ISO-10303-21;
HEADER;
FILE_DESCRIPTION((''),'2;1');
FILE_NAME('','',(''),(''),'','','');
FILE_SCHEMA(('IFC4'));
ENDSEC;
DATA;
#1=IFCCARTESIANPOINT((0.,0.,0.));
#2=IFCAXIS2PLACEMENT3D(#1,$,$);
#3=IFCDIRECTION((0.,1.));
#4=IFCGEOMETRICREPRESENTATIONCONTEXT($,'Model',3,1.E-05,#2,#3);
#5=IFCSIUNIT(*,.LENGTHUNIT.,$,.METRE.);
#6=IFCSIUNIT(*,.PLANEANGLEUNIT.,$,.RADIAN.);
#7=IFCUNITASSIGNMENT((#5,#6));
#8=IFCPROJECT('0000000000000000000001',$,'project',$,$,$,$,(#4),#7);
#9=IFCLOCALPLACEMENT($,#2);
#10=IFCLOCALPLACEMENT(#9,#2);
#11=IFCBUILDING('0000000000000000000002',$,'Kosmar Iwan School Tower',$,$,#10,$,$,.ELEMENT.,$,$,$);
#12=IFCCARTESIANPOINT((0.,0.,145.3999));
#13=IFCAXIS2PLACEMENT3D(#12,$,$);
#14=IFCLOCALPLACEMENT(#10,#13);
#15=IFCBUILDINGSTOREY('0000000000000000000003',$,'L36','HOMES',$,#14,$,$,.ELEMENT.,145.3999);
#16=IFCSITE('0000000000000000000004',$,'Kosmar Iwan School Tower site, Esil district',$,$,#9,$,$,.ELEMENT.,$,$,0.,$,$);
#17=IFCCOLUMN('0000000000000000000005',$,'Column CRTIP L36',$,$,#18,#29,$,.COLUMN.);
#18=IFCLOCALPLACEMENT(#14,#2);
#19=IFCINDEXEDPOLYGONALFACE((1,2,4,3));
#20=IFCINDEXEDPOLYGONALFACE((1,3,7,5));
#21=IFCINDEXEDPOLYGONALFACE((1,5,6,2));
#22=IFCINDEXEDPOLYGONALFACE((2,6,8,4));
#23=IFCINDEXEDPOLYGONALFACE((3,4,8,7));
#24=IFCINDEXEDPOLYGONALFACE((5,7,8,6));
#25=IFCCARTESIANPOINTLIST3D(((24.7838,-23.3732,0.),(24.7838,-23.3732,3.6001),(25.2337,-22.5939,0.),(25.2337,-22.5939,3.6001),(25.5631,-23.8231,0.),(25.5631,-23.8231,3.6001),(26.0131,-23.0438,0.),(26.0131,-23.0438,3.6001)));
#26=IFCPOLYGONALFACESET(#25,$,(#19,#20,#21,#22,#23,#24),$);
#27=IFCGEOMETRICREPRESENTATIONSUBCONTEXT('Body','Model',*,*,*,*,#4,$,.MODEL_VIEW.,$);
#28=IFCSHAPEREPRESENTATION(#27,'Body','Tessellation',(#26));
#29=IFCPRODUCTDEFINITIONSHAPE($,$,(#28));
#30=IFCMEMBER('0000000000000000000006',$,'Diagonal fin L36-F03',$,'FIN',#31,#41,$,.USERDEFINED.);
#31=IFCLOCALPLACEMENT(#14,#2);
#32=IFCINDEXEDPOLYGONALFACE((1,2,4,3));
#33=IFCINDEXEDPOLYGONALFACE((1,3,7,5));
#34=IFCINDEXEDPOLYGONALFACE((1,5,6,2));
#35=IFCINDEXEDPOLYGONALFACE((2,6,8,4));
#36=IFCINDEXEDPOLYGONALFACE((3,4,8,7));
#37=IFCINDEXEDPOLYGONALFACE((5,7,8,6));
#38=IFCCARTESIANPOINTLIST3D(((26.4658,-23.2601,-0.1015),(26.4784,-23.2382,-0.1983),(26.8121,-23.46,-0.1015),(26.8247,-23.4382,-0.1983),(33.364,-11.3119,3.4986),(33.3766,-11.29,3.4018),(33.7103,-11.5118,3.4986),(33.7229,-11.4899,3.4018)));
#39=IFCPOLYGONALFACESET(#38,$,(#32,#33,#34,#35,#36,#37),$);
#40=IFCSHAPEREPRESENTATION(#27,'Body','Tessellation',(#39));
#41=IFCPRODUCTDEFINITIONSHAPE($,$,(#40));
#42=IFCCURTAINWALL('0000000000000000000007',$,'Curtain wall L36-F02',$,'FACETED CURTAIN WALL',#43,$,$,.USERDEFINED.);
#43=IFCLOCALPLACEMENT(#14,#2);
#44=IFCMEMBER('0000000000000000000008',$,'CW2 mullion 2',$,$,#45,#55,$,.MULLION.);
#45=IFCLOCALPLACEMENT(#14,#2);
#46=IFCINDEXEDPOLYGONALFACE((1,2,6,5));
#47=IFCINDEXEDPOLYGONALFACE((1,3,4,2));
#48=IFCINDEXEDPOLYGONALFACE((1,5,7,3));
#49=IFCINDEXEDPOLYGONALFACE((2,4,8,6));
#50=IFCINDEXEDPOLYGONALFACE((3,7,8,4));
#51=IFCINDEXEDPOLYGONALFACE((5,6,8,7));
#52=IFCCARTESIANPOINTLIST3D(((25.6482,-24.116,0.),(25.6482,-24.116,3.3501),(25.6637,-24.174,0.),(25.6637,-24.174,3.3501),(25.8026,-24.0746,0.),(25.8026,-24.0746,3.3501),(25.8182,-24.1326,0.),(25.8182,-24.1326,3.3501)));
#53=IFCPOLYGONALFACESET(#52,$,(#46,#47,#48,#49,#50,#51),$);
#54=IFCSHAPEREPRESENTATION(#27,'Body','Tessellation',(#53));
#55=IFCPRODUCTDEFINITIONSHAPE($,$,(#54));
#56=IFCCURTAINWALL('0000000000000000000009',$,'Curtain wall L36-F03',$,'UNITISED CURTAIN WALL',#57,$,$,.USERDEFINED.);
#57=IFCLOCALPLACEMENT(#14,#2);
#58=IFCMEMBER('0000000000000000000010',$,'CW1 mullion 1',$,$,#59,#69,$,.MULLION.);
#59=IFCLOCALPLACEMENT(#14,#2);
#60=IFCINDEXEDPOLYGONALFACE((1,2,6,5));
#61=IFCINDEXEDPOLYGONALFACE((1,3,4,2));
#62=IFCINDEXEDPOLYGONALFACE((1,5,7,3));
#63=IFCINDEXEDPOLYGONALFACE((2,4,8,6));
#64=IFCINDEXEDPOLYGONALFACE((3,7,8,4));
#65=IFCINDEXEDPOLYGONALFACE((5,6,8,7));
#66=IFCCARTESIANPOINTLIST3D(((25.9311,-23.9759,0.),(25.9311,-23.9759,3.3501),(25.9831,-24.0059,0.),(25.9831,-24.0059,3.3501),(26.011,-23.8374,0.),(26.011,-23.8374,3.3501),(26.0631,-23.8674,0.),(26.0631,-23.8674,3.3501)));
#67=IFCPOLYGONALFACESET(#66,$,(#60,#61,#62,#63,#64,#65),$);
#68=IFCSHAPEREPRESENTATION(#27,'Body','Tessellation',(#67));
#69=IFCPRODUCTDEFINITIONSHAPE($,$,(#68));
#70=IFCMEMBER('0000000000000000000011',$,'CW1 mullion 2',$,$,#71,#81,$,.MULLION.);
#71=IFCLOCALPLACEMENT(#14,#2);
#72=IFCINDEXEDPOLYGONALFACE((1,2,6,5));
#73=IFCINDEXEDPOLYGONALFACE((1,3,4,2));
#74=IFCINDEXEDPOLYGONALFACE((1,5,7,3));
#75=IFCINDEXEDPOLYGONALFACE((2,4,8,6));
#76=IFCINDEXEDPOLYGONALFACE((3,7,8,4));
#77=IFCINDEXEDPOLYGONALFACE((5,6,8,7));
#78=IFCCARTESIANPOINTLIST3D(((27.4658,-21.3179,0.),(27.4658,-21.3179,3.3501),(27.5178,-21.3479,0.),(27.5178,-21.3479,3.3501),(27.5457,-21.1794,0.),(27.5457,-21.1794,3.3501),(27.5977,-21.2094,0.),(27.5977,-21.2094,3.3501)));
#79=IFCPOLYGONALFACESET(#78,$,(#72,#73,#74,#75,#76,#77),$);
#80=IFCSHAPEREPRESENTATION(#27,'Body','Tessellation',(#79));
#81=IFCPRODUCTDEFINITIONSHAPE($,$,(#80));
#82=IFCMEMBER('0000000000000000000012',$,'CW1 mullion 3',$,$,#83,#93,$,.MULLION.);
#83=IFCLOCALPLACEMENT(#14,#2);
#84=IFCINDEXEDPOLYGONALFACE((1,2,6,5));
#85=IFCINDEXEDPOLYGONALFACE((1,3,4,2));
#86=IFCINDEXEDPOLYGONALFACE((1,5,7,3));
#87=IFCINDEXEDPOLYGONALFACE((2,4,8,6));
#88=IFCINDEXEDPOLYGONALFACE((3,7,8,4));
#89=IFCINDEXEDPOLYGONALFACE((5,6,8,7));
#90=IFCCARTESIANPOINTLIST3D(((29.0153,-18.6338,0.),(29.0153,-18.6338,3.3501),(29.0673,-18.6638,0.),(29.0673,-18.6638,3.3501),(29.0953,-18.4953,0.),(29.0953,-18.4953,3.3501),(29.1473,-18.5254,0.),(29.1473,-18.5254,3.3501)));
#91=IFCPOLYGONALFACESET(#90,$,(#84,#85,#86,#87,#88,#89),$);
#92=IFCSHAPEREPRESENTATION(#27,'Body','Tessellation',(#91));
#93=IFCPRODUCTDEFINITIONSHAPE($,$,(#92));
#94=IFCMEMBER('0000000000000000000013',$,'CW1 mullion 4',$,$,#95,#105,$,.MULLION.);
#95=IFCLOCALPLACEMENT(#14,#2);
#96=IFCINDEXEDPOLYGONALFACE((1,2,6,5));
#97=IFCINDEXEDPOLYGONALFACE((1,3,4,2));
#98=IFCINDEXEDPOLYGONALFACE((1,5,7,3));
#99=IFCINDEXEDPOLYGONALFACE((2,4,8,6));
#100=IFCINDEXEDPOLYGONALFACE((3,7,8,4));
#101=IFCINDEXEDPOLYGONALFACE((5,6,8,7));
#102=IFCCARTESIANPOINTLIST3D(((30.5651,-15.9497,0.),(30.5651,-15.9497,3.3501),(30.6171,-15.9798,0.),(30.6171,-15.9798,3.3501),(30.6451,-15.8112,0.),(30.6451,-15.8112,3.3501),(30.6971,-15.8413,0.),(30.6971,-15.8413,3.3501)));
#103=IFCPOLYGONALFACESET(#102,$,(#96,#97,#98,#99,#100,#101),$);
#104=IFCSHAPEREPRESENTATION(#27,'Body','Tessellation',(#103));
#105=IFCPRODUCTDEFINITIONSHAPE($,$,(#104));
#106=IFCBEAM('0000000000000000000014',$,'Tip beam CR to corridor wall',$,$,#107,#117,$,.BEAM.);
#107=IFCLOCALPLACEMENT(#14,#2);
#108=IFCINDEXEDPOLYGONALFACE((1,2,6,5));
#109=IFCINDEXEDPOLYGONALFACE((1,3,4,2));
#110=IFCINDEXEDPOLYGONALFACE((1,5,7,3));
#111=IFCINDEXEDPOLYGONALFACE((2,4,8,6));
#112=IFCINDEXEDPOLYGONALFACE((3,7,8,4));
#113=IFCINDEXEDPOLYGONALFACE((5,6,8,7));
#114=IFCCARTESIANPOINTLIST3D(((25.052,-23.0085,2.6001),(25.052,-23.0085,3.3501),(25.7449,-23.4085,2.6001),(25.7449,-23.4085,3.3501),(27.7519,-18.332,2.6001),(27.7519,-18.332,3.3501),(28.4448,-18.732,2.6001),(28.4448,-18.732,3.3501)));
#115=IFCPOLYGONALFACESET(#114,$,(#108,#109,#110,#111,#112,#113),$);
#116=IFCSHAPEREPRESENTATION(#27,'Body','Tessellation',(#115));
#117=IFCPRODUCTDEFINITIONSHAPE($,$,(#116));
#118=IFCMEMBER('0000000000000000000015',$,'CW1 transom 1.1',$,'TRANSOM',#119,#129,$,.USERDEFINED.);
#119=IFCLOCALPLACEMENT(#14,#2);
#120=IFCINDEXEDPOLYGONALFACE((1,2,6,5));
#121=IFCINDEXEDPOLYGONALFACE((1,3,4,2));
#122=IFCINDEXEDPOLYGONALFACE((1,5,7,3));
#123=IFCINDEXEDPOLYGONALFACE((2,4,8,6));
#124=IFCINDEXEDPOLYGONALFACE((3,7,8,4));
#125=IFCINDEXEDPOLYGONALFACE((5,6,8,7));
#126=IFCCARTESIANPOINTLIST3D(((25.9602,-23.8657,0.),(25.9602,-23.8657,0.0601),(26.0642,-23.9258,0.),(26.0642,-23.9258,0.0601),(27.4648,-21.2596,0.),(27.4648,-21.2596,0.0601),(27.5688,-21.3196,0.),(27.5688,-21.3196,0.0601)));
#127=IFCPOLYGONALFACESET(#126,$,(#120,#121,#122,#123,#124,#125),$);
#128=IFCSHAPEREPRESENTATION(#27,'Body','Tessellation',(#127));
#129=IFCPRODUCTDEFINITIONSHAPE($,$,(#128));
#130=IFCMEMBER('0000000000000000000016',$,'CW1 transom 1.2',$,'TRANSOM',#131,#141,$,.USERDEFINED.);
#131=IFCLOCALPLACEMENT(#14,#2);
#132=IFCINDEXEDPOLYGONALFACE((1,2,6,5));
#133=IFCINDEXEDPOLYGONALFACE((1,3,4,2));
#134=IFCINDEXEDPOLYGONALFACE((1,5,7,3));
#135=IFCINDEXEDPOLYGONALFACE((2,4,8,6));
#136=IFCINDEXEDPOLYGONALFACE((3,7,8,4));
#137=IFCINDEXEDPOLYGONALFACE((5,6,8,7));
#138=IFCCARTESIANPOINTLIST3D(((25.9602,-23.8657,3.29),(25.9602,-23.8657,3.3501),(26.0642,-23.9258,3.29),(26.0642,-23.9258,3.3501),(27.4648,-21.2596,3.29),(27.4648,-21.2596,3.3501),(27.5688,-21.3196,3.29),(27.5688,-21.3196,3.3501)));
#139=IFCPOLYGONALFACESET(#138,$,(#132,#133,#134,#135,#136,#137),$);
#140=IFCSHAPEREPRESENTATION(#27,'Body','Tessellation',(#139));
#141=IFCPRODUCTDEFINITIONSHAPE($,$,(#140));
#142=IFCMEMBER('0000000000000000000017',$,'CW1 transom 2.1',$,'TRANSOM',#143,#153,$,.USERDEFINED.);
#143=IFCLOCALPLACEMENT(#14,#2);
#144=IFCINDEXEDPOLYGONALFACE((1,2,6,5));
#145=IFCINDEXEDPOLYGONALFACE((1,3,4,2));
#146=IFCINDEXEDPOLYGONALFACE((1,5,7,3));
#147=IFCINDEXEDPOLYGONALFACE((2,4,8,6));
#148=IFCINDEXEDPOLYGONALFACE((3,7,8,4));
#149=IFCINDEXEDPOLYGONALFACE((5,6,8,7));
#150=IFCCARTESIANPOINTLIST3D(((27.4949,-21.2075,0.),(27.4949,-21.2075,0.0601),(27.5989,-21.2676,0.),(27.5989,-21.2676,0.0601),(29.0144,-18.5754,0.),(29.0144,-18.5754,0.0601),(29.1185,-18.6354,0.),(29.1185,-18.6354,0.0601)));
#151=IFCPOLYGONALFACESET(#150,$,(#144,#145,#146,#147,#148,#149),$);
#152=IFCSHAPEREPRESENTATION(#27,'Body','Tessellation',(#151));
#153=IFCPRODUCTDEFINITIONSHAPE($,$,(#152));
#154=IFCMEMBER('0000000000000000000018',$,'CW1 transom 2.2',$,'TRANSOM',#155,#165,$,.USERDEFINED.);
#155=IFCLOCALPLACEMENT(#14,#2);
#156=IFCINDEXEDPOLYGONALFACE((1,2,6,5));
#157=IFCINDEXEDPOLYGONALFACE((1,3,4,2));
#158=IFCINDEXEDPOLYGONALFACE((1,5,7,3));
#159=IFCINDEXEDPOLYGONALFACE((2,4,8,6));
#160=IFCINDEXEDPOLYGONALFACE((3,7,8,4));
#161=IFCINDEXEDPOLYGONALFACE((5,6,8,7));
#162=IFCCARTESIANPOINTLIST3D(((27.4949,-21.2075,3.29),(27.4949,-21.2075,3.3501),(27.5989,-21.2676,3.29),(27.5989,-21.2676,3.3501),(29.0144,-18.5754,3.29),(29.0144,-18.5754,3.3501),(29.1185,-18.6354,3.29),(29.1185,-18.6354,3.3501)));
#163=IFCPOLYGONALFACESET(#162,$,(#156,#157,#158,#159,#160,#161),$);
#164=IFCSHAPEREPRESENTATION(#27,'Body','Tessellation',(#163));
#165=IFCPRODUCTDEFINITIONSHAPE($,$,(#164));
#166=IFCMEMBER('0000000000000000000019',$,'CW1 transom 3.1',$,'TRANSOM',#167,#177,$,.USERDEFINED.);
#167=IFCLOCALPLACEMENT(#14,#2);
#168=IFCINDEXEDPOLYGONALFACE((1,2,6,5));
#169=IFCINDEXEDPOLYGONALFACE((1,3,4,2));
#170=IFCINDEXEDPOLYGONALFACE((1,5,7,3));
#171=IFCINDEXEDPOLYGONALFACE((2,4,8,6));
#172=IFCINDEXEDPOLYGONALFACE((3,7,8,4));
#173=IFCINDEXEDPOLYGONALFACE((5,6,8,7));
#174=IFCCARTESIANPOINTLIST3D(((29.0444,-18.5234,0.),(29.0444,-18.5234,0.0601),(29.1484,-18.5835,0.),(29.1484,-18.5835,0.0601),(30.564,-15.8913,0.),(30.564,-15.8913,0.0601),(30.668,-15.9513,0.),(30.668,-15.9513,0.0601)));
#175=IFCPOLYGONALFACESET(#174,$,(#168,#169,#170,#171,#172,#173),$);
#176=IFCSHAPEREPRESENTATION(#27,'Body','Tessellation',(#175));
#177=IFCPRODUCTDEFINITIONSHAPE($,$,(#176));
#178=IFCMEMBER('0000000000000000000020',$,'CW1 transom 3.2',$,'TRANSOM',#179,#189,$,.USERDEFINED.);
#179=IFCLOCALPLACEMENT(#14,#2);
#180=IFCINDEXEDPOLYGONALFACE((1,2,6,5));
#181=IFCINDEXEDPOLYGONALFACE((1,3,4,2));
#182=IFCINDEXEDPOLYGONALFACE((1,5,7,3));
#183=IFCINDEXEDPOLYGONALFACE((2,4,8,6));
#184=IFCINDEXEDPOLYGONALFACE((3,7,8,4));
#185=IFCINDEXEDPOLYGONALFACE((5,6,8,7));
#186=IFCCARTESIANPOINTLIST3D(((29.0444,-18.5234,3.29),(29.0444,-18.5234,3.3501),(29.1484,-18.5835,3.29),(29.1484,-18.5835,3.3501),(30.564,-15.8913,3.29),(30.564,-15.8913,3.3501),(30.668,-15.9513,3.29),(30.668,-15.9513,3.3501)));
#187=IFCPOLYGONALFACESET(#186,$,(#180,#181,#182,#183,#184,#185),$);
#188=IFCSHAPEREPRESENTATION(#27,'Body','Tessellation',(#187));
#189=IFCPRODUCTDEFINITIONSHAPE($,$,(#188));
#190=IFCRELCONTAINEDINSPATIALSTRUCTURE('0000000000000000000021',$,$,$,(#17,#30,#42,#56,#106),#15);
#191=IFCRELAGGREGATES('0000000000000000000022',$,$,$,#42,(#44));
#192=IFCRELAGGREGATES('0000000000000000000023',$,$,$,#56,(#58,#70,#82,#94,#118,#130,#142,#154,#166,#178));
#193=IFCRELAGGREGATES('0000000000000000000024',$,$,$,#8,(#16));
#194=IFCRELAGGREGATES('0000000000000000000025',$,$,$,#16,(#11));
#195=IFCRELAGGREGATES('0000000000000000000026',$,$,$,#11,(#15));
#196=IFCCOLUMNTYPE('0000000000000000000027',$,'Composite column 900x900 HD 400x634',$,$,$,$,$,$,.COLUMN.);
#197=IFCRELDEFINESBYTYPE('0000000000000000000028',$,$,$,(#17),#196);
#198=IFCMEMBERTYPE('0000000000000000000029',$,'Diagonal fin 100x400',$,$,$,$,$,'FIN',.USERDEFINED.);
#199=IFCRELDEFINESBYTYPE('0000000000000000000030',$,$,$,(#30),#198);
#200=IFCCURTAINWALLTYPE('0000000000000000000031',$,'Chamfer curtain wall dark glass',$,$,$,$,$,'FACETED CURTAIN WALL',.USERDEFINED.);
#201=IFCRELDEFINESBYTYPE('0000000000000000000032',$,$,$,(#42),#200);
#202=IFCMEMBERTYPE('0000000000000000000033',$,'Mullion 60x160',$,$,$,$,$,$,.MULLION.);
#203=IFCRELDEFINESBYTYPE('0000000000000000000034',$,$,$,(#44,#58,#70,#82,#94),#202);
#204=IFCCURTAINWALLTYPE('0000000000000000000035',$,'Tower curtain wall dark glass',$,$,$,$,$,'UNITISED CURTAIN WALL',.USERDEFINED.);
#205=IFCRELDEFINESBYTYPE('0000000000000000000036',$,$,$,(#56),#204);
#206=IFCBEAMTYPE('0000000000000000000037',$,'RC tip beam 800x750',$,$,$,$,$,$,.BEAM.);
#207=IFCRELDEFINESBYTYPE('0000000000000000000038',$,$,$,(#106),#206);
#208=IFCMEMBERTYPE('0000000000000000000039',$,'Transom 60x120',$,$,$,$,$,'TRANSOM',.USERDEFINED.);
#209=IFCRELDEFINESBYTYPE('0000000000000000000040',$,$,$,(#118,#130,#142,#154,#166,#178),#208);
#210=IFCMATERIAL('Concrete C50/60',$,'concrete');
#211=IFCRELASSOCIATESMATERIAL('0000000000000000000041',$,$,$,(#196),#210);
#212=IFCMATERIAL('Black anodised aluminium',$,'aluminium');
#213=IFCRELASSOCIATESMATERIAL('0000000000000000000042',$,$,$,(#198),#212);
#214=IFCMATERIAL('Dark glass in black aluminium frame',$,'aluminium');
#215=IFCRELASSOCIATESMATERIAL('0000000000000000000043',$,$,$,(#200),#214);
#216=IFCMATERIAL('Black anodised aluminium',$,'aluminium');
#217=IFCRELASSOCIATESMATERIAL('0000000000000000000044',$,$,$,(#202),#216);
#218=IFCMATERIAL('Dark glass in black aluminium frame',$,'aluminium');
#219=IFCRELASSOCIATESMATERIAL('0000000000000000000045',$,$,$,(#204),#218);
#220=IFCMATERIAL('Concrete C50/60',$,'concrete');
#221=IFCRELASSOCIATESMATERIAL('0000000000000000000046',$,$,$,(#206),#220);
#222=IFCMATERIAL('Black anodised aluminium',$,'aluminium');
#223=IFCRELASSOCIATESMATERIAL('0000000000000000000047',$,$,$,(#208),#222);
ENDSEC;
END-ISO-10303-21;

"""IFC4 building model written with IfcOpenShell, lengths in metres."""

from ifc_helpers import new_model, si_unit, direction, frame, origin, origin_2d, place, context, subcontext, project, spatial, rectangle, extrude, material, material_profile, profile_set, type_object, element, aggregate, save


model = new_model("IFC4")

# Units and contexts
model_context = context("Model", 3, precision=1e-05, world=origin(), true_north=direction((0.0, 1.0)))
body_context = subcontext(model_context, "Body", "Model", "MODEL_VIEW")
ifc_project = project(units=[si_unit("LENGTHUNIT", "METRE"), si_unit("PLANEANGLEUNIT", "RADIAN")], contexts=[model_context])

# Site, building, storey
site_placement = place(None, origin())
site = spatial("IfcSite", under=ifc_project, at=site_placement, Name="Kosmar Iwan School Tower site, Esil district", CompositionType="ELEMENT", RefElevation=0.0)
building_placement = place(site_placement, origin())
building = spatial("IfcBuilding", under=site, at=building_placement, Name="Kosmar Iwan School Tower", CompositionType="ELEMENT")
storey_placement = place(building_placement, frame((0.0, 0.0, 145.3999)))
storey = spatial("IfcBuildingStorey", under=building, at=storey_placement, Name="L36", Description="HOMES", CompositionType="ELEMENT", Elevation=145.3999)

# Column
ifc_material_1 = material(Name="Concrete C50/60", Category="concrete")
ifc_material_profile_1 = material_profile(ifc_material_1, rectangle(XDim=0.8999, YDim=0.8999, at=origin_2d()), Name="RC 900x900 + HD 400x634")
ifc_profile_set_1 = profile_set([ifc_material_profile_1], Name="Concrete C50/60")
column_type = type_object("IfcColumnType", Name="Composite column 900x900 HD 400x634", PredefinedType="COLUMN", material=ifc_profile_set_1)
column_placement = place(storey_placement, frame((25.3984, -23.2085, 0.0), z_axis=(0.0, 0.0, 1.0), x_axis=(0.866025, -0.5, 0.0)))
element("IfcColumn", 1, at=column_placement, inside=storey, type_object=column_type, Name="Column CRTIP L36", PredefinedType="COLUMN", context=body_context, shape_type="SweptSolid", body=[
    extrude(rectangle(XDim=0.8999, YDim=0.8999, at=origin_2d()), origin(), (0.0, 0.0, 1.0), 3.6001),
])

# Member
ifc_material_2 = material(Name="Black anodised aluminium", Category="aluminium")
ifc_material_profile_2 = material_profile(ifc_material_2, rectangle(XDim=0.1001, YDim=0.3999, at=origin_2d()), Name="FIN 100x400")
ifc_profile_set_2 = profile_set([ifc_material_profile_2], Name="Black anodised aluminium")
member_type_1 = type_object("IfcMemberType", Name="Diagonal fin 100x400", ElementType="FIN", PredefinedType="USERDEFINED", material=ifc_profile_set_2)
member_1_placement = place(storey_placement, frame((26.6453, -23.3491, -0.1499), z_axis=(0.483793, 0.83797, 0.252487), x_axis=(-0.126242, -0.218661, 0.9676)))
element("IfcMember", 2, at=member_1_placement, inside=storey, type_object=member_type_1, Name="Diagonal fin L36-F03", ObjectType="FIN", PredefinedType="USERDEFINED", context=body_context, shape_type="SweptSolid", body=[
    extrude(rectangle(XDim=0.1001, YDim=0.3999, at=origin_2d()), origin(), (0.0, 0.0, 1.0), 14.2585),
])

# Curtain wall, member
ifc_material_3 = material(Name="Dark glass in black aluminium frame", Category="aluminium")
curtain_wall_type_1 = type_object("IfcCurtainWallType", Name="Chamfer curtain wall dark glass", ElementType="FACETED CURTAIN WALL", PredefinedType="USERDEFINED", material=ifc_material_3)
curtain_wall_1_placement = place(storey_placement, origin())
curtain_wall_1 = element("IfcCurtainWall", 3, at=curtain_wall_1_placement, inside=storey, type_object=curtain_wall_type_1, Name="Curtain wall L36-F02", ObjectType="FACETED CURTAIN WALL", PredefinedType="USERDEFINED")
ifc_material_4 = material(Name="Black anodised aluminium", Category="aluminium")
ifc_material_profile_3 = material_profile(ifc_material_4, rectangle(XDim=0.0601, YDim=0.1599, at=origin_2d()), Name="MULLION 60x160")
ifc_profile_set_3 = profile_set([ifc_material_profile_3], Name="Black anodised aluminium")
member_type_2 = type_object("IfcMemberType", Name="Mullion 60x160", PredefinedType="MULLION", material=ifc_profile_set_3)
member_2_placement = place(storey_placement, frame((25.7332, -24.1243, 0.0), z_axis=(0.0, 0.0, 1.0), x_axis=(-0.258819, 0.965926, 0.0)))
member_2 = element("IfcMember", 4, at=member_2_placement, type_object=member_type_2, Name="CW2 mullion 2", PredefinedType="MULLION", context=body_context, shape_type="SweptSolid", body=[
    extrude(rectangle(XDim=0.0601, YDim=0.1599, at=origin_2d()), origin(), (0.0, 0.0, 1.0), 3.3501),
])

# Curtain wall, members
ifc_material_5 = material(Name="Dark glass in black aluminium frame", Category="aluminium")
curtain_wall_type_2 = type_object("IfcCurtainWallType", Name="Tower curtain wall dark glass", ElementType="UNITISED CURTAIN WALL", PredefinedType="USERDEFINED", material=ifc_material_5)
curtain_wall_2_placement = place(storey_placement, origin())
curtain_wall_2 = element("IfcCurtainWall", 5, at=curtain_wall_2_placement, inside=storey, type_object=curtain_wall_type_2, Name="Curtain wall L36-F03", ObjectType="UNITISED CURTAIN WALL", PredefinedType="USERDEFINED")
member_3_placement = place(storey_placement, frame((25.9971, -23.9216, 0.0), z_axis=(0.0, 0.0, 1.0), x_axis=(-0.866025, 0.5, 0.0)))
member_3 = element("IfcMember", 6, at=member_3_placement, type_object=member_type_2, Name="CW1 mullion 1", PredefinedType="MULLION", context=body_context, shape_type="SweptSolid", body=[
    extrude(rectangle(XDim=0.0601, YDim=0.1599, at=origin_2d()), origin(), (0.0, 0.0, 1.0), 3.3501),
])
member_4_placement = place(storey_placement, frame((27.5317, -21.2637, 0.0), z_axis=(0.0, 0.0, 1.0), x_axis=(-0.866025, 0.5, 0.0)))
member_4 = element("IfcMember", 7, at=member_4_placement, type_object=member_type_2, Name="CW1 mullion 2", PredefinedType="MULLION", context=body_context, shape_type="SweptSolid", body=[
    extrude(rectangle(XDim=0.0601, YDim=0.1599, at=origin_2d()), origin(), (0.0, 0.0, 1.0), 3.3501),
])
member_5_placement = place(storey_placement, frame((29.0813, -18.5796, 0.0), z_axis=(0.0, 0.0, 1.0), x_axis=(-0.866025, 0.5, 0.0)))
member_5 = element("IfcMember", 8, at=member_5_placement, type_object=member_type_2, Name="CW1 mullion 3", PredefinedType="MULLION", context=body_context, shape_type="SweptSolid", body=[
    extrude(rectangle(XDim=0.0601, YDim=0.1599, at=origin_2d()), origin(), (0.0, 0.0, 1.0), 3.3501),
])
member_6_placement = place(storey_placement, frame((30.6311, -15.8955, 0.0), z_axis=(0.0, 0.0, 1.0), x_axis=(-0.866025, 0.5, 0.0)))
member_6 = element("IfcMember", 9, at=member_6_placement, type_object=member_type_2, Name="CW1 mullion 4", PredefinedType="MULLION", context=body_context, shape_type="SweptSolid", body=[
    extrude(rectangle(XDim=0.0601, YDim=0.1599, at=origin_2d()), origin(), (0.0, 0.0, 1.0), 3.3501),
])

# Beam
ifc_material_6 = material(Name="Concrete C50/60", Category="concrete")
ifc_material_profile_4 = material_profile(ifc_material_6, rectangle(XDim=0.8, YDim=0.75, at=origin_2d()), Name="RC 800x750")
ifc_profile_set_4 = profile_set([ifc_material_profile_4], Name="Concrete C50/60")
beam_type = type_object("IfcBeamType", Name="RC tip beam 800x750", PredefinedType="BEAM", material=ifc_profile_set_4)
beam_placement = place(storey_placement, frame((25.3984, -23.2085, 2.9751), z_axis=(0.499995, 0.866028, 0.0), x_axis=(-0.866028, 0.499995, 0.0)))
element("IfcBeam", 10, at=beam_placement, inside=storey, type_object=beam_type, Name="Tip beam CR to corridor wall", PredefinedType="BEAM", context=body_context, shape_type="SweptSolid", body=[
    extrude(rectangle(XDim=0.8, YDim=0.75, at=origin_2d()), origin(), (0.0, 0.0, 1.0), 5.3999),
])

# Members
ifc_material_7 = material(Name="Black anodised aluminium", Category="aluminium")
ifc_material_profile_5 = material_profile(ifc_material_7, rectangle(XDim=0.1201, YDim=0.0601, at=origin_2d()), Name="TRANSOM 60x120")
ifc_profile_set_5 = profile_set([ifc_material_profile_5], Name="Black anodised aluminium")
member_type_3 = type_object("IfcMemberType", Name="Transom 60x120", ElementType="TRANSOM", PredefinedType="USERDEFINED", material=ifc_profile_set_5)
member_7_placement = place(storey_placement, frame((26.0122, -23.8958, 0.03), z_axis=(0.499987, 0.866033, 0.0), x_axis=(-0.866033, 0.499987, 0.0)))
member_7 = element("IfcMember", 11, at=member_7_placement, type_object=member_type_3, Name="CW1 transom 1.1", ObjectType="TRANSOM", PredefinedType="USERDEFINED", context=body_context, shape_type="SweptSolid", body=[
    extrude(rectangle(XDim=0.1201, YDim=0.0601, at=origin_2d()), origin(), (0.0, 0.0, 1.0), 3.0093),
])
member_8_placement = place(storey_placement, frame((26.0122, -23.8958, 3.3201), z_axis=(0.499987, 0.866033, 0.0), x_axis=(-0.866033, 0.499987, 0.0)))
member_8 = element("IfcMember", 12, at=member_8_placement, type_object=member_type_3, Name="CW1 transom 1.2", ObjectType="TRANSOM", PredefinedType="USERDEFINED", context=body_context, shape_type="SweptSolid", body=[
    extrude(rectangle(XDim=0.1201, YDim=0.0601, at=origin_2d()), origin(), (0.0, 0.0, 1.0), 3.0093),
])
member_9_placement = place(storey_placement, frame((27.5469, -21.2375, 0.03), z_axis=(0.499975, 0.86604, 0.0), x_axis=(-0.86604, 0.499975, 0.0)))
member_9 = element("IfcMember", 13, at=member_9_placement, type_object=member_type_3, Name="CW1 transom 2.1", ObjectType="TRANSOM", PredefinedType="USERDEFINED", context=body_context, shape_type="SweptSolid", body=[
    extrude(rectangle(XDim=0.1201, YDim=0.0601, at=origin_2d()), origin(), (0.0, 0.0, 1.0), 3.0393),
])
member_10_placement = place(storey_placement, frame((27.5469, -21.2375, 3.3201), z_axis=(0.499975, 0.86604, 0.0), x_axis=(-0.86604, 0.499975, 0.0)))
member_10 = element("IfcMember", 14, at=member_10_placement, type_object=member_type_3, Name="CW1 transom 2.2", ObjectType="TRANSOM", PredefinedType="USERDEFINED", context=body_context, shape_type="SweptSolid", body=[
    extrude(rectangle(XDim=0.1201, YDim=0.0601, at=origin_2d()), origin(), (0.0, 0.0, 1.0), 3.0393),
])
member_11_placement = place(storey_placement, frame((29.0964, -18.5535, 0.03), z_axis=(0.499975, 0.86604, 0.0), x_axis=(-0.86604, 0.499975, 0.0)))
member_11 = element("IfcMember", 15, at=member_11_placement, type_object=member_type_3, Name="CW1 transom 3.1", ObjectType="TRANSOM", PredefinedType="USERDEFINED", context=body_context, shape_type="SweptSolid", body=[
    extrude(rectangle(XDim=0.1201, YDim=0.0601, at=origin_2d()), origin(), (0.0, 0.0, 1.0), 3.0393),
])
member_12_placement = place(storey_placement, frame((29.0964, -18.5535, 3.3201), z_axis=(0.499975, 0.86604, 0.0), x_axis=(-0.86604, 0.499975, 0.0)))
member_12 = element("IfcMember", 16, at=member_12_placement, type_object=member_type_3, Name="CW1 transom 3.2", ObjectType="TRANSOM", PredefinedType="USERDEFINED", context=body_context, shape_type="SweptSolid", body=[
    extrude(rectangle(XDim=0.1201, YDim=0.0601, at=origin_2d()), origin(), (0.0, 0.0, 1.0), 3.0393),
])

aggregate(curtain_wall_1, [member_2])
aggregate(curtain_wall_2, [member_3, member_4, member_5, member_6, member_7, member_8, member_9, member_10, member_11, member_12])

save(model, "model.ifc")
